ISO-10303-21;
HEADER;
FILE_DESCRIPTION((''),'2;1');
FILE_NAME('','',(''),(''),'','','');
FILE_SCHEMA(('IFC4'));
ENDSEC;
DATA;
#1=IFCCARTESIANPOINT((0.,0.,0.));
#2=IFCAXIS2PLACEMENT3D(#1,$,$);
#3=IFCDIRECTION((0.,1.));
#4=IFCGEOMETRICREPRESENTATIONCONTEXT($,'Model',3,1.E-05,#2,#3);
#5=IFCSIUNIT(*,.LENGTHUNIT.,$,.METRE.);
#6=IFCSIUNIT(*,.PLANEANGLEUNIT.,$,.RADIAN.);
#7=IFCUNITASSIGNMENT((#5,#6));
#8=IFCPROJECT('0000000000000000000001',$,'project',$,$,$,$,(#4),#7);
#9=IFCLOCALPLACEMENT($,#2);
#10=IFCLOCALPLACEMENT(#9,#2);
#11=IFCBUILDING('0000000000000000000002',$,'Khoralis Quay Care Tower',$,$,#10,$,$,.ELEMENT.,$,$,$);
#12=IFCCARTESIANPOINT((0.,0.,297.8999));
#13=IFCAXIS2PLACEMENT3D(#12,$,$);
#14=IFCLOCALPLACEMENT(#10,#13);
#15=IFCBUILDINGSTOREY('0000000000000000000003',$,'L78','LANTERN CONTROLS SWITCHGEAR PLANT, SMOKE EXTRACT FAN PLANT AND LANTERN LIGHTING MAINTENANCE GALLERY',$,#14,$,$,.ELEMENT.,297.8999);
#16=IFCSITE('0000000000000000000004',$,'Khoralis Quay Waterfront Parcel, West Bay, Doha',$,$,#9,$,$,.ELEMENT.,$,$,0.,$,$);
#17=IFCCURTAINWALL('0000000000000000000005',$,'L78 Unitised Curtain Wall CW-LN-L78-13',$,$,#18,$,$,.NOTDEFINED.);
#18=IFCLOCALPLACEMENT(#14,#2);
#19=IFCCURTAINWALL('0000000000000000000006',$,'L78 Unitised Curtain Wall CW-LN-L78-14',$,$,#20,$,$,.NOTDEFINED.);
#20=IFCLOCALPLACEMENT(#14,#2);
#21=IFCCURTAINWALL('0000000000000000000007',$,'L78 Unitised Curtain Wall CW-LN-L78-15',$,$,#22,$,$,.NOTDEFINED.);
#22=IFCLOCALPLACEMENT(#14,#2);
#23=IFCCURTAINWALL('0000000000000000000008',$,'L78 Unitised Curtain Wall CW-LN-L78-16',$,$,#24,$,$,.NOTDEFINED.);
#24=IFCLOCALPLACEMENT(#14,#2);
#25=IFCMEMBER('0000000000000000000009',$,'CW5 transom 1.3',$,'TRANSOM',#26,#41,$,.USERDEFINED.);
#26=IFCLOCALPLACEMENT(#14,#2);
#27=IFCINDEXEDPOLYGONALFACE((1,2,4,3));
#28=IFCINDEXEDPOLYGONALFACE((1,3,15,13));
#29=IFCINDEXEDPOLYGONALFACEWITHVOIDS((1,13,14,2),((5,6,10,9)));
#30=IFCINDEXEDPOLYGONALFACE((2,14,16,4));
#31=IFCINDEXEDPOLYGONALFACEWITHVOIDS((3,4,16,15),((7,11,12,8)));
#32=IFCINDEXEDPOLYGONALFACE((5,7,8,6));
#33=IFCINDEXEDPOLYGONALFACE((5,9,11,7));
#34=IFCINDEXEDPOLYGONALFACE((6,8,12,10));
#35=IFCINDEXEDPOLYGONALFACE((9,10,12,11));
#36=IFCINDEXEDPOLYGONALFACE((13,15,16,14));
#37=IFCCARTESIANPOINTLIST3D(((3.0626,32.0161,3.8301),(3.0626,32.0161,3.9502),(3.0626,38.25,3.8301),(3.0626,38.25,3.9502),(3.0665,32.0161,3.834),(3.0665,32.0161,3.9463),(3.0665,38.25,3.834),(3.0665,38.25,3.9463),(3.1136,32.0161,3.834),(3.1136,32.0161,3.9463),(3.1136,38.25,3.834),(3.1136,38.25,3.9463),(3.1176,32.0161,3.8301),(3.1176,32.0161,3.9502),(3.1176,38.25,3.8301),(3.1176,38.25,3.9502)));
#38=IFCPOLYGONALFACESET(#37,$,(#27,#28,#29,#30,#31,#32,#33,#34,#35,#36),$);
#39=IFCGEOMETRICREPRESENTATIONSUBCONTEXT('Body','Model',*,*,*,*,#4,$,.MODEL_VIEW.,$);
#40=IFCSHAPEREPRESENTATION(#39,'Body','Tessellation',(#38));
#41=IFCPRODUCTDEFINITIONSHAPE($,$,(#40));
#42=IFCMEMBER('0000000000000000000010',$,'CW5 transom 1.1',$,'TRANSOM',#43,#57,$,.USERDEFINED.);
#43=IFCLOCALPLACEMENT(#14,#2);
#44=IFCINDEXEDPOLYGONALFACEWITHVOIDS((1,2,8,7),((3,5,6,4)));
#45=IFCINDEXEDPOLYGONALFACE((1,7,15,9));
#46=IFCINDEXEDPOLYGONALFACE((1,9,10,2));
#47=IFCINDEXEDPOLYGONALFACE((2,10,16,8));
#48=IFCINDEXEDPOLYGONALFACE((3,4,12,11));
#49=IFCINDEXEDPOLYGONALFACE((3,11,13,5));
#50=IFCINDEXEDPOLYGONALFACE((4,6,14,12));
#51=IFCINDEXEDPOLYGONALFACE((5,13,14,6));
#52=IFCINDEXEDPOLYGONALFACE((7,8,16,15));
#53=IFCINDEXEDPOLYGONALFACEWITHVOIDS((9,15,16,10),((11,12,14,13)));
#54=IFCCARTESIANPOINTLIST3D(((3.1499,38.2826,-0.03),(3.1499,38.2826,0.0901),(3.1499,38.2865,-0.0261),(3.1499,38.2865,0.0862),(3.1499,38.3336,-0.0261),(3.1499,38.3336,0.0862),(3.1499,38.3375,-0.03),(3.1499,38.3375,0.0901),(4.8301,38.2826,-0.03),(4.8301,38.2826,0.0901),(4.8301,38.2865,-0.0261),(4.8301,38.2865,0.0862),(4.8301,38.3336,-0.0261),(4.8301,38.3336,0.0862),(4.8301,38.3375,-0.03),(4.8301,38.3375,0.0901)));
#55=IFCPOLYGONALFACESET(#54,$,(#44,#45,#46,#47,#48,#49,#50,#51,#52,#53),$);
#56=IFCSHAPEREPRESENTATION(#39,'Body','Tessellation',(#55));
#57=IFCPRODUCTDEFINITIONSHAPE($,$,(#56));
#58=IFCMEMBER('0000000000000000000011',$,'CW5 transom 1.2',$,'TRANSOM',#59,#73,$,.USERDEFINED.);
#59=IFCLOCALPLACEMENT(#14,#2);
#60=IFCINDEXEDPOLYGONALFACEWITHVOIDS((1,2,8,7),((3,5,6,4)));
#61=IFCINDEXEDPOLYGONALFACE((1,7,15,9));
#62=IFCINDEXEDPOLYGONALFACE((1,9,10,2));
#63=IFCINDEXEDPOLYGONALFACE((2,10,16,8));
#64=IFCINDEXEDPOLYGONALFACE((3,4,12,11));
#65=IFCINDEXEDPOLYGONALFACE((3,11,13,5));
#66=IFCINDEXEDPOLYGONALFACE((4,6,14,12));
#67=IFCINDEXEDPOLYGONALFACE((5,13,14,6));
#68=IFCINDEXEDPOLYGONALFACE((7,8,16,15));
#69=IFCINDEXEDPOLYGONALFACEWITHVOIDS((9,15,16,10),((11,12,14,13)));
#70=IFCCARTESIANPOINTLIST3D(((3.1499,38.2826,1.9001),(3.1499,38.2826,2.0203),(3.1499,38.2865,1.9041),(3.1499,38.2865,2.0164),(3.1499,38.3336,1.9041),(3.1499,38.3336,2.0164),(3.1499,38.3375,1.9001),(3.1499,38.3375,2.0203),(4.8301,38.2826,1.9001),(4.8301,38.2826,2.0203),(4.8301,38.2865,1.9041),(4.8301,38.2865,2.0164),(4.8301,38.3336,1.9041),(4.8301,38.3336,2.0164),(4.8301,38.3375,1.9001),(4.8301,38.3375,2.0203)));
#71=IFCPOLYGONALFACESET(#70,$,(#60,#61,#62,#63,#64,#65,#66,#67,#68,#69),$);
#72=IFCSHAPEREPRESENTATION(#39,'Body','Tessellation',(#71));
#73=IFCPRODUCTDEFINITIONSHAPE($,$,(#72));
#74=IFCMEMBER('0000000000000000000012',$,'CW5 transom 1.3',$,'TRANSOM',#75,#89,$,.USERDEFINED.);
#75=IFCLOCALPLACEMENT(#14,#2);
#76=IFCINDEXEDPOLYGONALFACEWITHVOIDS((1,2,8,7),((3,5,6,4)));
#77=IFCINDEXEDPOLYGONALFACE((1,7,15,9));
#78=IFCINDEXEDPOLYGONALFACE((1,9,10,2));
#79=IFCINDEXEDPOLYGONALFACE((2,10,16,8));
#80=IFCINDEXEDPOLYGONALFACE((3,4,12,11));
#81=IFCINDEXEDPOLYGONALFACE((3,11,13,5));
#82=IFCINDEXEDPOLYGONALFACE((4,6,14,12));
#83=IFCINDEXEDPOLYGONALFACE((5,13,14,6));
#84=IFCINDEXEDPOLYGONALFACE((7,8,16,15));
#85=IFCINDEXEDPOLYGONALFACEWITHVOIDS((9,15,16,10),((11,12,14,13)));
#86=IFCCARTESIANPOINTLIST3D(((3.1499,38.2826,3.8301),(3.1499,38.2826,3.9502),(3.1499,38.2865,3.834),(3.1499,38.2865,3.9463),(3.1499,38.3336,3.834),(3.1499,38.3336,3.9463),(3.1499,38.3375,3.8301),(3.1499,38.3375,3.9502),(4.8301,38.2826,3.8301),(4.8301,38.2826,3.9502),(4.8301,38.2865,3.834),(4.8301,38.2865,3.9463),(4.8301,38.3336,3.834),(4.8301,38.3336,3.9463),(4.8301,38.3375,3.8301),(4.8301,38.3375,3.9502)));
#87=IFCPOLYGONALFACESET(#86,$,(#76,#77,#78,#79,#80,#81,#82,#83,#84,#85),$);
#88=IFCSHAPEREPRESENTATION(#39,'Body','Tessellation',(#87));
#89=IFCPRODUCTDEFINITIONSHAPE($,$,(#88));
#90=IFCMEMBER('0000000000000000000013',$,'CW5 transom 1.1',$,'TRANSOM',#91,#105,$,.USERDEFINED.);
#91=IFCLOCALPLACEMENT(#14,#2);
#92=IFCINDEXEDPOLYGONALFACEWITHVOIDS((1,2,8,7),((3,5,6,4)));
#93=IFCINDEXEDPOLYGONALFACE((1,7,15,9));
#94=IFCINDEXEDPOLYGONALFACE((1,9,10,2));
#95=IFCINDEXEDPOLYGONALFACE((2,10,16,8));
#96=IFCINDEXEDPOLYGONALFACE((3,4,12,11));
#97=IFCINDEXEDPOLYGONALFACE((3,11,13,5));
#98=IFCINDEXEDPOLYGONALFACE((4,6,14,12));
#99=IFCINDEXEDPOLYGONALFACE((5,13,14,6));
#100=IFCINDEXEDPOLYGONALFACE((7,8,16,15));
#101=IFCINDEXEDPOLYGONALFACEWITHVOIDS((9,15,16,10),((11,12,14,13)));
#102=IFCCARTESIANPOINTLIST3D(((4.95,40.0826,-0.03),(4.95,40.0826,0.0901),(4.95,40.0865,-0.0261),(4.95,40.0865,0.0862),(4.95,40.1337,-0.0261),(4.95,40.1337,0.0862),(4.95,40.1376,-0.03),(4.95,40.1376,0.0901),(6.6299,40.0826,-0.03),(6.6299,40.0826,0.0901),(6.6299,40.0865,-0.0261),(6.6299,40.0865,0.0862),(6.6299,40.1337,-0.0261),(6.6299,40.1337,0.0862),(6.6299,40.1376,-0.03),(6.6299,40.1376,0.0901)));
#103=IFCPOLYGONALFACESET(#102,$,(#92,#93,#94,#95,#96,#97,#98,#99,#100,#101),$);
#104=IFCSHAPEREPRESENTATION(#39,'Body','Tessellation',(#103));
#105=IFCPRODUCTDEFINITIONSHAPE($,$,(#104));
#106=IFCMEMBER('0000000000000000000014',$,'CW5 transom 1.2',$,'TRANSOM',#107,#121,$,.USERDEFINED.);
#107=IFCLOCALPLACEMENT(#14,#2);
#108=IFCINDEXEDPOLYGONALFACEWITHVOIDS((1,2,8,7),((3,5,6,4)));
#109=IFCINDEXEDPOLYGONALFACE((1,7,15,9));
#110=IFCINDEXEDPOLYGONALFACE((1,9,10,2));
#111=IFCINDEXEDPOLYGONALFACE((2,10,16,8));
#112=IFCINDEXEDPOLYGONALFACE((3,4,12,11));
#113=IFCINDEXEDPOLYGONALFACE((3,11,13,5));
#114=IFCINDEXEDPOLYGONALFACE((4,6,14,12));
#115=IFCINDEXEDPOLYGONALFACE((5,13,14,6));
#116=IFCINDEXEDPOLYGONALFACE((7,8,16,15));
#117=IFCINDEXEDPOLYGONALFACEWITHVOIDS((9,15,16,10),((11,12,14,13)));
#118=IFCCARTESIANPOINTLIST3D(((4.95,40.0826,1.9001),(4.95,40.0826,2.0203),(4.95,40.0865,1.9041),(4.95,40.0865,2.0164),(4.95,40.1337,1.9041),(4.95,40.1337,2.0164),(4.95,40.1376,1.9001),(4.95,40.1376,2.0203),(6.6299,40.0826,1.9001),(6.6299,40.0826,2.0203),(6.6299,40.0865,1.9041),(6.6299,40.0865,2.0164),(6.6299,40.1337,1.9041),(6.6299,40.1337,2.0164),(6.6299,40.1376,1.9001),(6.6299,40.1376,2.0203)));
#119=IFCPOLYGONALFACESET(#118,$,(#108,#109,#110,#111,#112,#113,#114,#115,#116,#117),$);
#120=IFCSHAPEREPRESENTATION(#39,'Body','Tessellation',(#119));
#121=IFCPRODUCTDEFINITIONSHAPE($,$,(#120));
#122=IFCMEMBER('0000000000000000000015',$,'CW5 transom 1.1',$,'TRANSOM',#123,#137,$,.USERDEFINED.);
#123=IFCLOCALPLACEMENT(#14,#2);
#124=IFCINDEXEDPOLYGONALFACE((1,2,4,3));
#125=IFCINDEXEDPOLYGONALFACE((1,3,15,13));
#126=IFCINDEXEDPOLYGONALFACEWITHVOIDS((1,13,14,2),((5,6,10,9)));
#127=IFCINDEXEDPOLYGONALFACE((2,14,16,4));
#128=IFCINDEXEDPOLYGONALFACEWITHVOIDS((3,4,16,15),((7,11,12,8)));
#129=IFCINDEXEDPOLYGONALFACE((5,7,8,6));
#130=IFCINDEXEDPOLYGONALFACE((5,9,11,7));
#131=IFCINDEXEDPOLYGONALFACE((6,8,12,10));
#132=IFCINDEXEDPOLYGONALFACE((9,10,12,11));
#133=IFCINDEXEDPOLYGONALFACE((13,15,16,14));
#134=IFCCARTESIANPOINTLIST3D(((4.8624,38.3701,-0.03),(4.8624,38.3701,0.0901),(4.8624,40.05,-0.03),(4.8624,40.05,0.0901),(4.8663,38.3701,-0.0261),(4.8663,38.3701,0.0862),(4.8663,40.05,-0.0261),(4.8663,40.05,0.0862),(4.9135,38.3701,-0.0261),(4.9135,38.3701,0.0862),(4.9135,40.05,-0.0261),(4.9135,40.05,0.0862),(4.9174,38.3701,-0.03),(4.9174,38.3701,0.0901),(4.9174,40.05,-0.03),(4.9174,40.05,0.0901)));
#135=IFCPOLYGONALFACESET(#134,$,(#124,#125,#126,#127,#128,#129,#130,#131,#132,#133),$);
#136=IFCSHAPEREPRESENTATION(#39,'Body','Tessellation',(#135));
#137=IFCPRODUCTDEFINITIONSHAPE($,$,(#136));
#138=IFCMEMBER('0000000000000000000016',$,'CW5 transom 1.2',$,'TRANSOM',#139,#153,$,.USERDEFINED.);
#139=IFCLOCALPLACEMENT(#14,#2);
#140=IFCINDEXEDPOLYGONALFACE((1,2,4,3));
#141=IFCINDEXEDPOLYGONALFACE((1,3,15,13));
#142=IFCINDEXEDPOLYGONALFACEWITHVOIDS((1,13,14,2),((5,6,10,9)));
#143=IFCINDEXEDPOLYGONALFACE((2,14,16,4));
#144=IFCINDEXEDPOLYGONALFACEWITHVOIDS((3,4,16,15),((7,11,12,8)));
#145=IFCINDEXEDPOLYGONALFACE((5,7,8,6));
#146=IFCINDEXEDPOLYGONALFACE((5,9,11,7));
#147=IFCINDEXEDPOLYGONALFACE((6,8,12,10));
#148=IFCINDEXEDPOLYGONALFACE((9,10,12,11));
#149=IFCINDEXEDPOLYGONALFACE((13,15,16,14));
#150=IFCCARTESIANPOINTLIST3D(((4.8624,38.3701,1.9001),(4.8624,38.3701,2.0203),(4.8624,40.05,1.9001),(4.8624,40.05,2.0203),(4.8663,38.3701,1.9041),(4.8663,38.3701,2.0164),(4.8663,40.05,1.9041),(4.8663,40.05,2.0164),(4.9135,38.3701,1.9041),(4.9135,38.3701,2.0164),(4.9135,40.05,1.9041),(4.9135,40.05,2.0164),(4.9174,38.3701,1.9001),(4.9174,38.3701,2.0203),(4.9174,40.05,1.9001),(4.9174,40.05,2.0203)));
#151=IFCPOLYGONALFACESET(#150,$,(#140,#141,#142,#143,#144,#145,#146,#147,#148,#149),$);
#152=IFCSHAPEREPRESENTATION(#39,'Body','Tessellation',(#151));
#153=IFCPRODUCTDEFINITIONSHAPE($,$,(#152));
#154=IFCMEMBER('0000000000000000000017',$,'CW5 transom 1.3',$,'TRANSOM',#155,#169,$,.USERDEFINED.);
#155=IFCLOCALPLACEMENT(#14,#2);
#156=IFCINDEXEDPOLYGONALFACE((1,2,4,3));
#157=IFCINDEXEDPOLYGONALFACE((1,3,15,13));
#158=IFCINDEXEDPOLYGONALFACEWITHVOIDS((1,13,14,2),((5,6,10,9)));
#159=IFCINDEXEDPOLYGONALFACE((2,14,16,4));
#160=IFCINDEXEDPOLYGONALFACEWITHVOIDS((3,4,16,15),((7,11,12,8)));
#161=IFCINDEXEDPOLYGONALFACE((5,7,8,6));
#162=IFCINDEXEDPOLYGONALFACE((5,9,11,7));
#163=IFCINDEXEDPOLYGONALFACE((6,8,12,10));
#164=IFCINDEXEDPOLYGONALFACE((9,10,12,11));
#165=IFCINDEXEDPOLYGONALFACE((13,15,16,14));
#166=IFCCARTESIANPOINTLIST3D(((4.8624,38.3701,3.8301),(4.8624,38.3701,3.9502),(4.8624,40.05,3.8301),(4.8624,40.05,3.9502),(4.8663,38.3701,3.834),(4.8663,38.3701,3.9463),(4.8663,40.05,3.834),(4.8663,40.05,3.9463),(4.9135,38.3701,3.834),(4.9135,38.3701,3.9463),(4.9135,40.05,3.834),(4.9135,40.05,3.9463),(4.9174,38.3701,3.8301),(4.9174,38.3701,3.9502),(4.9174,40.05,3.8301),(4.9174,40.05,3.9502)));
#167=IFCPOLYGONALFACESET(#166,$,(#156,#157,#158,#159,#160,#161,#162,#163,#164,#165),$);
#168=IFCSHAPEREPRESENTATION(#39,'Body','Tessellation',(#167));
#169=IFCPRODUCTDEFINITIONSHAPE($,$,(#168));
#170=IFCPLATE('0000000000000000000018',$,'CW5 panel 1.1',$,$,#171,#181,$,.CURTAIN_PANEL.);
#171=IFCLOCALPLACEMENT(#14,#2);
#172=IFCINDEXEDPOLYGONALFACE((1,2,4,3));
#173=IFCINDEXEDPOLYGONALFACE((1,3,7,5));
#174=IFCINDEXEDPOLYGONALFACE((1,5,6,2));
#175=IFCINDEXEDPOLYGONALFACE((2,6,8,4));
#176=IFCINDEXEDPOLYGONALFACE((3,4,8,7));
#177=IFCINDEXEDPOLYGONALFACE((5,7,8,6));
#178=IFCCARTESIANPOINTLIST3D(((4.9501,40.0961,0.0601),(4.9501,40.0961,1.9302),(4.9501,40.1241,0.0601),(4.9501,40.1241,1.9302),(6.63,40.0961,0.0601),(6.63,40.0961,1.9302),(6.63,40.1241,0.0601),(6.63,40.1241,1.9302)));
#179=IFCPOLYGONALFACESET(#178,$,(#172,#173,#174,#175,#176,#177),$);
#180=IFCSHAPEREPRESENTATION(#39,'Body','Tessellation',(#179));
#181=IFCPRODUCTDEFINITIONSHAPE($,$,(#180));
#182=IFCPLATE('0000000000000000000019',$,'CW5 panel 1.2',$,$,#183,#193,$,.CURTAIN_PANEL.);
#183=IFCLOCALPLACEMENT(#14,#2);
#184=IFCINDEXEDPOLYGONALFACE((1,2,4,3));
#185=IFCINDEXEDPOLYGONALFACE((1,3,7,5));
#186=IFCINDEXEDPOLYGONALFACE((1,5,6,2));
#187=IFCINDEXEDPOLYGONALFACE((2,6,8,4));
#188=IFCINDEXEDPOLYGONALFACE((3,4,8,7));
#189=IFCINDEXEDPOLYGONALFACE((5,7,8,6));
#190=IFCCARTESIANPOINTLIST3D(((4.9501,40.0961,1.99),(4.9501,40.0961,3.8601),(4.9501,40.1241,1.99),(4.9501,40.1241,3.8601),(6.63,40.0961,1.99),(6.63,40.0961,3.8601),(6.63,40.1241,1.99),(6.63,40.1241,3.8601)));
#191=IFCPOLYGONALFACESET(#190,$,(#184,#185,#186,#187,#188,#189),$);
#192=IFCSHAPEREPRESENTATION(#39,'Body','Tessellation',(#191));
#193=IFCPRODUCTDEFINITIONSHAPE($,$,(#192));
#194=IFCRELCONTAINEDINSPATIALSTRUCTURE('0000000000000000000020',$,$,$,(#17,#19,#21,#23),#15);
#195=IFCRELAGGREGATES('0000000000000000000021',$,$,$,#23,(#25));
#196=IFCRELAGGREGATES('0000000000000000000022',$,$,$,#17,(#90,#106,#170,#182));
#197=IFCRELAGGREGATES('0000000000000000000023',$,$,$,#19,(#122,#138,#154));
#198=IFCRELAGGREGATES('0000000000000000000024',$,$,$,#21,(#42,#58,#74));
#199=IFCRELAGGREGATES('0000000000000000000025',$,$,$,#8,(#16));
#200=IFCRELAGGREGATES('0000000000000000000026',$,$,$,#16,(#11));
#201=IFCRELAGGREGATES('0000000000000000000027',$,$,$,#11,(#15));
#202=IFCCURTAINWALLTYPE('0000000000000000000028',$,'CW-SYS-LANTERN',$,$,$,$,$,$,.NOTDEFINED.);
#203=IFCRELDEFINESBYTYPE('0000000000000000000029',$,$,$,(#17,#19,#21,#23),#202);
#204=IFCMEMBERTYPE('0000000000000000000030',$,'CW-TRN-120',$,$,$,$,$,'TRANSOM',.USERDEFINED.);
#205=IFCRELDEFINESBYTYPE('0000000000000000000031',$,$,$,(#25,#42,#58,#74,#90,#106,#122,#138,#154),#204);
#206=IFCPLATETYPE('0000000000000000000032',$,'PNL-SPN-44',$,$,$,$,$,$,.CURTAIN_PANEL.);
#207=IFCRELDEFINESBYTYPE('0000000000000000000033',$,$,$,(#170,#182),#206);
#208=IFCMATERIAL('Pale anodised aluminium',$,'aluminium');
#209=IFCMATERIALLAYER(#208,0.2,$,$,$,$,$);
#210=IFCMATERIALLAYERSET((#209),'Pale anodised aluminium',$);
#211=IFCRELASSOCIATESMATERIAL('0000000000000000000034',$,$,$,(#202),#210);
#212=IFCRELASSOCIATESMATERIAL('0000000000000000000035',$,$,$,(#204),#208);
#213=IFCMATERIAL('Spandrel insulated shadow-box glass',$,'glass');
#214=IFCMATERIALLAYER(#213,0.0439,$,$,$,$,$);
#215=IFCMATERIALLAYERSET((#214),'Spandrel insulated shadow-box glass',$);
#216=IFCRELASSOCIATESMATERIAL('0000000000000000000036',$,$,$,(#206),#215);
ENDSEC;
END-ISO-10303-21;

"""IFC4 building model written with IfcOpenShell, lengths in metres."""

from ifc_helpers import new_model, si_unit, direction, frame, origin, origin_2d, place, context, subcontext, project, spatial, rectangle, hollow_rectangle, extrude, source, transform, mapped, material, layer, layer_set, material_profile, profile_set, type_object, element, aggregate, save


model = new_model("IFC4")

# Units and contexts
model_context = context("Model", 3, precision=1e-05, world=origin(), true_north=direction((0.0, 1.0)))
body_context = subcontext(model_context, "Body", "Model", "MODEL_VIEW")
ifc_project = project(units=[si_unit("LENGTHUNIT", "METRE"), si_unit("PLANEANGLEUNIT", "RADIAN")], contexts=[model_context])

# Site, building, storey
site_placement = place(None, origin())
site = spatial("IfcSite", under=ifc_project, at=site_placement, Name="Khoralis Quay Waterfront Parcel, West Bay, Doha", CompositionType="ELEMENT", RefElevation=0.0)
building_placement = place(site_placement, origin())
building = spatial("IfcBuilding", under=site, at=building_placement, Name="Khoralis Quay Care Tower", CompositionType="ELEMENT")
storey_placement = place(building_placement, frame((0.0, 0.0, 297.8999)))
storey = spatial("IfcBuildingStorey", under=building, at=storey_placement, Name="L78", Description="LANTERN CONTROLS SWITCHGEAR PLANT, SMOKE EXTRACT FAN PLANT AND LANTERN LIGHTING MAINTENANCE GALLERY", CompositionType="ELEMENT", Elevation=297.8999)

# Curtain wall
ifc_material_1 = material(Name="Pale anodised aluminium", Category="aluminium")
ifc_layer_1 = layer(ifc_material_1, 0.2)
ifc_layer_set_1 = layer_set([ifc_layer_1], Name="Pale anodised aluminium")
curtain_wall_type = type_object("IfcCurtainWallType", Name="CW-SYS-LANTERN", PredefinedType="NOTDEFINED", material=ifc_layer_set_1)
curtain_wall_1_placement = place(storey_placement, origin())
curtain_wall_1 = element("IfcCurtainWall", 1, at=curtain_wall_1_placement, inside=storey, type_object=curtain_wall_type, Name="L78 Unitised Curtain Wall CW-LN-L78-13", PredefinedType="NOTDEFINED")

# Curtain walls, member
curtain_wall_2_placement = place(storey_placement, origin())
curtain_wall_2 = element("IfcCurtainWall", 2, at=curtain_wall_2_placement, inside=storey, type_object=curtain_wall_type, Name="L78 Unitised Curtain Wall CW-LN-L78-14", PredefinedType="NOTDEFINED")
curtain_wall_3_placement = place(storey_placement, origin())
curtain_wall_3 = element("IfcCurtainWall", 3, at=curtain_wall_3_placement, inside=storey, type_object=curtain_wall_type, Name="L78 Unitised Curtain Wall CW-LN-L78-15", PredefinedType="NOTDEFINED")
curtain_wall_4_placement = place(storey_placement, origin())
curtain_wall_4 = element("IfcCurtainWall", 4, at=curtain_wall_4_placement, inside=storey, type_object=curtain_wall_type, Name="L78 Unitised Curtain Wall CW-LN-L78-16", PredefinedType="NOTDEFINED")
ifc_material_profile_1 = material_profile(ifc_material_1, hollow_rectangle(XDim=0.0549, YDim=0.1201, WallThickness=0.0039, at=origin_2d()), Name="Pale anodised aluminium")
ifc_profile_set_1 = profile_set([ifc_material_profile_1], Name="Pale anodised aluminium")
member_type_1 = type_object("IfcMemberType", Name="CW-TRN-120", ElementType="TRANSOM", PredefinedType="USERDEFINED", material=ifc_profile_set_1)
shared_shape_1 = source(origin(), body_context, "Body", "SweptSolid", [
    extrude(hollow_rectangle(XDim=0.0549, YDim=0.1201, WallThickness=0.0039, at=origin_2d()), origin(), (0.0, 0.0, 1.0), 6.2339),
])
member_1_placement = place(storey_placement, frame((3.0901, 38.25, 3.8901), z_axis=(0.0, -1.0, 0.0), x_axis=(1.0, 0.0, 0.0)))
member_1 = element("IfcMember", 5, at=member_1_placement, type_object=member_type_1, Name="CW5 transom 1.3", ObjectType="TRANSOM", PredefinedType="USERDEFINED", context=body_context, shape_type="MappedRepresentation", body=[
    mapped(shared_shape_1, transform((0.0, 0.0, 0.0), scale=1.0)),
])
aggregate(curtain_wall_4, [member_1])

# Members
shared_shape_2 = source(origin(), body_context, "Body", "SweptSolid", [
    extrude(hollow_rectangle(XDim=0.0549, YDim=0.1201, WallThickness=0.0039, at=origin_2d()), origin(), (0.0, 0.0, 1.0), 1.6802),
])
member_2_placement = place(storey_placement, frame((4.8301, 38.3101, 0.03), z_axis=(-1.0, 0.0, 0.0), x_axis=(0.0, -1.0, 0.0)))
member_2 = element("IfcMember", 6, at=member_2_placement, type_object=member_type_1, Name="CW5 transom 1.1", ObjectType="TRANSOM", PredefinedType="USERDEFINED", context=body_context, shape_type="MappedRepresentation", body=[
    mapped(shared_shape_2, transform((0.0, 0.0, 0.0), scale=1.0)),
])
member_3_placement = place(storey_placement, frame((4.8301, 38.3101, 1.9602), z_axis=(-1.0, 0.0, 0.0), x_axis=(0.0, -1.0, 0.0)))
member_3 = element("IfcMember", 7, at=member_3_placement, type_object=member_type_1, Name="CW5 transom 1.2", ObjectType="TRANSOM", PredefinedType="USERDEFINED", context=body_context, shape_type="MappedRepresentation", body=[
    mapped(shared_shape_2, transform((0.0, 0.0, 0.0), scale=1.0)),
])
member_4_placement = place(storey_placement, frame((4.8301, 38.3101, 3.8901), z_axis=(-1.0, 0.0, 0.0), x_axis=(0.0, -1.0, 0.0)))
member_4 = element("IfcMember", 8, at=member_4_placement, type_object=member_type_1, Name="CW5 transom 1.3", ObjectType="TRANSOM", PredefinedType="USERDEFINED", context=body_context, shape_type="MappedRepresentation", body=[
    mapped(shared_shape_2, transform((0.0, 0.0, 0.0), scale=1.0)),
])
shared_shape_3 = source(origin(), body_context, "Body", "SweptSolid", [
    extrude(hollow_rectangle(XDim=0.0549, YDim=0.1201, WallThickness=0.0039, at=origin_2d()), origin(), (0.0, 0.0, 1.0), 1.6799),
])
member_5_placement = place(storey_placement, frame((6.6299, 40.1101, 0.03), z_axis=(-1.0, 0.0, 0.0), x_axis=(0.0, -1.0, 0.0)))
member_5 = element("IfcMember", 9, at=member_5_placement, type_object=member_type_1, Name="CW5 transom 1.1", ObjectType="TRANSOM", PredefinedType="USERDEFINED", context=body_context, shape_type="MappedRepresentation", body=[
    mapped(shared_shape_3, transform((0.0, 0.0, 0.0), scale=1.0)),
])
member_6_placement = place(storey_placement, frame((6.6299, 40.1101, 1.9602), z_axis=(-1.0, 0.0, 0.0), x_axis=(0.0, -1.0, 0.0)))
member_6 = element("IfcMember", 10, at=member_6_placement, type_object=member_type_1, Name="CW5 transom 1.2", ObjectType="TRANSOM", PredefinedType="USERDEFINED", context=body_context, shape_type="MappedRepresentation", body=[
    mapped(shared_shape_3, transform((0.0, 0.0, 0.0), scale=1.0)),
])
member_7_placement = place(storey_placement, frame((4.8899, 40.05, 0.03), z_axis=(0.0, -1.0, 0.0), x_axis=(1.0, 0.0, 0.0)))
member_7 = element("IfcMember", 11, at=member_7_placement, type_object=member_type_1, Name="CW5 transom 1.1", ObjectType="TRANSOM", PredefinedType="USERDEFINED", context=body_context, shape_type="MappedRepresentation", body=[
    mapped(shared_shape_3, transform((0.0, 0.0, 0.0), scale=1.0)),
])
member_8_placement = place(storey_placement, frame((4.8899, 40.05, 1.9602), z_axis=(0.0, -1.0, 0.0), x_axis=(1.0, 0.0, 0.0)))
member_8 = element("IfcMember", 12, at=member_8_placement, type_object=member_type_1, Name="CW5 transom 1.2", ObjectType="TRANSOM", PredefinedType="USERDEFINED", context=body_context, shape_type="MappedRepresentation", body=[
    mapped(shared_shape_3, transform((0.0, 0.0, 0.0), scale=1.0)),
])
member_9_placement = place(storey_placement, frame((4.8899, 40.05, 3.8901), z_axis=(0.0, -1.0, 0.0), x_axis=(1.0, 0.0, 0.0)))
member_9 = element("IfcMember", 13, at=member_9_placement, type_object=member_type_1, Name="CW5 transom 1.3", ObjectType="TRANSOM", PredefinedType="USERDEFINED", context=body_context, shape_type="MappedRepresentation", body=[
    mapped(shared_shape_3, transform((0.0, 0.0, 0.0), scale=1.0)),
])

# Plates
ifc_material_2 = material(Name="Spandrel insulated shadow-box glass", Category="glass")
ifc_layer_2 = layer(ifc_material_2, 0.0439)
ifc_layer_set_2 = layer_set([ifc_layer_2], Name="Spandrel insulated shadow-box glass")
plate_type = type_object("IfcPlateType", Name="PNL-SPN-44", PredefinedType="CURTAIN_PANEL", material=ifc_layer_set_2)
shared_shape_4 = source(origin(), body_context, "Body", "SweptSolid", [
    extrude(rectangle(XDim=1.6799, YDim=0.0281, at=origin_2d()), origin(), (0.0, 0.0, 1.0), 1.8701),
])
plate_1_placement = place(storey_placement, frame((5.79, 40.1101, 0.0601), z_axis=(0.0, 0.0, 1.0), x_axis=(-1.0, 0.0, 0.0)))
plate_1 = element("IfcPlate", 14, at=plate_1_placement, type_object=plate_type, Name="CW5 panel 1.1", PredefinedType="CURTAIN_PANEL", context=body_context, shape_type="MappedRepresentation", body=[
    mapped(shared_shape_4, transform((0.0, 0.0, 0.0), scale=1.0)),
])
plate_2_placement = place(storey_placement, frame((5.79, 40.1101, 1.99), z_axis=(0.0, 0.0, 1.0), x_axis=(-1.0, 0.0, 0.0)))
plate_2 = element("IfcPlate", 15, at=plate_2_placement, type_object=plate_type, Name="CW5 panel 1.2", PredefinedType="CURTAIN_PANEL", context=body_context, shape_type="MappedRepresentation", body=[
    mapped(shared_shape_4, transform((0.0, 0.0, 0.0), scale=1.0)),
])
aggregate(curtain_wall_1, [member_5, member_6, plate_1, plate_2])
aggregate(curtain_wall_2, [member_7, member_8, member_9])
aggregate(curtain_wall_3, [member_2, member_3, member_4])

save(model, "model.ifc")
